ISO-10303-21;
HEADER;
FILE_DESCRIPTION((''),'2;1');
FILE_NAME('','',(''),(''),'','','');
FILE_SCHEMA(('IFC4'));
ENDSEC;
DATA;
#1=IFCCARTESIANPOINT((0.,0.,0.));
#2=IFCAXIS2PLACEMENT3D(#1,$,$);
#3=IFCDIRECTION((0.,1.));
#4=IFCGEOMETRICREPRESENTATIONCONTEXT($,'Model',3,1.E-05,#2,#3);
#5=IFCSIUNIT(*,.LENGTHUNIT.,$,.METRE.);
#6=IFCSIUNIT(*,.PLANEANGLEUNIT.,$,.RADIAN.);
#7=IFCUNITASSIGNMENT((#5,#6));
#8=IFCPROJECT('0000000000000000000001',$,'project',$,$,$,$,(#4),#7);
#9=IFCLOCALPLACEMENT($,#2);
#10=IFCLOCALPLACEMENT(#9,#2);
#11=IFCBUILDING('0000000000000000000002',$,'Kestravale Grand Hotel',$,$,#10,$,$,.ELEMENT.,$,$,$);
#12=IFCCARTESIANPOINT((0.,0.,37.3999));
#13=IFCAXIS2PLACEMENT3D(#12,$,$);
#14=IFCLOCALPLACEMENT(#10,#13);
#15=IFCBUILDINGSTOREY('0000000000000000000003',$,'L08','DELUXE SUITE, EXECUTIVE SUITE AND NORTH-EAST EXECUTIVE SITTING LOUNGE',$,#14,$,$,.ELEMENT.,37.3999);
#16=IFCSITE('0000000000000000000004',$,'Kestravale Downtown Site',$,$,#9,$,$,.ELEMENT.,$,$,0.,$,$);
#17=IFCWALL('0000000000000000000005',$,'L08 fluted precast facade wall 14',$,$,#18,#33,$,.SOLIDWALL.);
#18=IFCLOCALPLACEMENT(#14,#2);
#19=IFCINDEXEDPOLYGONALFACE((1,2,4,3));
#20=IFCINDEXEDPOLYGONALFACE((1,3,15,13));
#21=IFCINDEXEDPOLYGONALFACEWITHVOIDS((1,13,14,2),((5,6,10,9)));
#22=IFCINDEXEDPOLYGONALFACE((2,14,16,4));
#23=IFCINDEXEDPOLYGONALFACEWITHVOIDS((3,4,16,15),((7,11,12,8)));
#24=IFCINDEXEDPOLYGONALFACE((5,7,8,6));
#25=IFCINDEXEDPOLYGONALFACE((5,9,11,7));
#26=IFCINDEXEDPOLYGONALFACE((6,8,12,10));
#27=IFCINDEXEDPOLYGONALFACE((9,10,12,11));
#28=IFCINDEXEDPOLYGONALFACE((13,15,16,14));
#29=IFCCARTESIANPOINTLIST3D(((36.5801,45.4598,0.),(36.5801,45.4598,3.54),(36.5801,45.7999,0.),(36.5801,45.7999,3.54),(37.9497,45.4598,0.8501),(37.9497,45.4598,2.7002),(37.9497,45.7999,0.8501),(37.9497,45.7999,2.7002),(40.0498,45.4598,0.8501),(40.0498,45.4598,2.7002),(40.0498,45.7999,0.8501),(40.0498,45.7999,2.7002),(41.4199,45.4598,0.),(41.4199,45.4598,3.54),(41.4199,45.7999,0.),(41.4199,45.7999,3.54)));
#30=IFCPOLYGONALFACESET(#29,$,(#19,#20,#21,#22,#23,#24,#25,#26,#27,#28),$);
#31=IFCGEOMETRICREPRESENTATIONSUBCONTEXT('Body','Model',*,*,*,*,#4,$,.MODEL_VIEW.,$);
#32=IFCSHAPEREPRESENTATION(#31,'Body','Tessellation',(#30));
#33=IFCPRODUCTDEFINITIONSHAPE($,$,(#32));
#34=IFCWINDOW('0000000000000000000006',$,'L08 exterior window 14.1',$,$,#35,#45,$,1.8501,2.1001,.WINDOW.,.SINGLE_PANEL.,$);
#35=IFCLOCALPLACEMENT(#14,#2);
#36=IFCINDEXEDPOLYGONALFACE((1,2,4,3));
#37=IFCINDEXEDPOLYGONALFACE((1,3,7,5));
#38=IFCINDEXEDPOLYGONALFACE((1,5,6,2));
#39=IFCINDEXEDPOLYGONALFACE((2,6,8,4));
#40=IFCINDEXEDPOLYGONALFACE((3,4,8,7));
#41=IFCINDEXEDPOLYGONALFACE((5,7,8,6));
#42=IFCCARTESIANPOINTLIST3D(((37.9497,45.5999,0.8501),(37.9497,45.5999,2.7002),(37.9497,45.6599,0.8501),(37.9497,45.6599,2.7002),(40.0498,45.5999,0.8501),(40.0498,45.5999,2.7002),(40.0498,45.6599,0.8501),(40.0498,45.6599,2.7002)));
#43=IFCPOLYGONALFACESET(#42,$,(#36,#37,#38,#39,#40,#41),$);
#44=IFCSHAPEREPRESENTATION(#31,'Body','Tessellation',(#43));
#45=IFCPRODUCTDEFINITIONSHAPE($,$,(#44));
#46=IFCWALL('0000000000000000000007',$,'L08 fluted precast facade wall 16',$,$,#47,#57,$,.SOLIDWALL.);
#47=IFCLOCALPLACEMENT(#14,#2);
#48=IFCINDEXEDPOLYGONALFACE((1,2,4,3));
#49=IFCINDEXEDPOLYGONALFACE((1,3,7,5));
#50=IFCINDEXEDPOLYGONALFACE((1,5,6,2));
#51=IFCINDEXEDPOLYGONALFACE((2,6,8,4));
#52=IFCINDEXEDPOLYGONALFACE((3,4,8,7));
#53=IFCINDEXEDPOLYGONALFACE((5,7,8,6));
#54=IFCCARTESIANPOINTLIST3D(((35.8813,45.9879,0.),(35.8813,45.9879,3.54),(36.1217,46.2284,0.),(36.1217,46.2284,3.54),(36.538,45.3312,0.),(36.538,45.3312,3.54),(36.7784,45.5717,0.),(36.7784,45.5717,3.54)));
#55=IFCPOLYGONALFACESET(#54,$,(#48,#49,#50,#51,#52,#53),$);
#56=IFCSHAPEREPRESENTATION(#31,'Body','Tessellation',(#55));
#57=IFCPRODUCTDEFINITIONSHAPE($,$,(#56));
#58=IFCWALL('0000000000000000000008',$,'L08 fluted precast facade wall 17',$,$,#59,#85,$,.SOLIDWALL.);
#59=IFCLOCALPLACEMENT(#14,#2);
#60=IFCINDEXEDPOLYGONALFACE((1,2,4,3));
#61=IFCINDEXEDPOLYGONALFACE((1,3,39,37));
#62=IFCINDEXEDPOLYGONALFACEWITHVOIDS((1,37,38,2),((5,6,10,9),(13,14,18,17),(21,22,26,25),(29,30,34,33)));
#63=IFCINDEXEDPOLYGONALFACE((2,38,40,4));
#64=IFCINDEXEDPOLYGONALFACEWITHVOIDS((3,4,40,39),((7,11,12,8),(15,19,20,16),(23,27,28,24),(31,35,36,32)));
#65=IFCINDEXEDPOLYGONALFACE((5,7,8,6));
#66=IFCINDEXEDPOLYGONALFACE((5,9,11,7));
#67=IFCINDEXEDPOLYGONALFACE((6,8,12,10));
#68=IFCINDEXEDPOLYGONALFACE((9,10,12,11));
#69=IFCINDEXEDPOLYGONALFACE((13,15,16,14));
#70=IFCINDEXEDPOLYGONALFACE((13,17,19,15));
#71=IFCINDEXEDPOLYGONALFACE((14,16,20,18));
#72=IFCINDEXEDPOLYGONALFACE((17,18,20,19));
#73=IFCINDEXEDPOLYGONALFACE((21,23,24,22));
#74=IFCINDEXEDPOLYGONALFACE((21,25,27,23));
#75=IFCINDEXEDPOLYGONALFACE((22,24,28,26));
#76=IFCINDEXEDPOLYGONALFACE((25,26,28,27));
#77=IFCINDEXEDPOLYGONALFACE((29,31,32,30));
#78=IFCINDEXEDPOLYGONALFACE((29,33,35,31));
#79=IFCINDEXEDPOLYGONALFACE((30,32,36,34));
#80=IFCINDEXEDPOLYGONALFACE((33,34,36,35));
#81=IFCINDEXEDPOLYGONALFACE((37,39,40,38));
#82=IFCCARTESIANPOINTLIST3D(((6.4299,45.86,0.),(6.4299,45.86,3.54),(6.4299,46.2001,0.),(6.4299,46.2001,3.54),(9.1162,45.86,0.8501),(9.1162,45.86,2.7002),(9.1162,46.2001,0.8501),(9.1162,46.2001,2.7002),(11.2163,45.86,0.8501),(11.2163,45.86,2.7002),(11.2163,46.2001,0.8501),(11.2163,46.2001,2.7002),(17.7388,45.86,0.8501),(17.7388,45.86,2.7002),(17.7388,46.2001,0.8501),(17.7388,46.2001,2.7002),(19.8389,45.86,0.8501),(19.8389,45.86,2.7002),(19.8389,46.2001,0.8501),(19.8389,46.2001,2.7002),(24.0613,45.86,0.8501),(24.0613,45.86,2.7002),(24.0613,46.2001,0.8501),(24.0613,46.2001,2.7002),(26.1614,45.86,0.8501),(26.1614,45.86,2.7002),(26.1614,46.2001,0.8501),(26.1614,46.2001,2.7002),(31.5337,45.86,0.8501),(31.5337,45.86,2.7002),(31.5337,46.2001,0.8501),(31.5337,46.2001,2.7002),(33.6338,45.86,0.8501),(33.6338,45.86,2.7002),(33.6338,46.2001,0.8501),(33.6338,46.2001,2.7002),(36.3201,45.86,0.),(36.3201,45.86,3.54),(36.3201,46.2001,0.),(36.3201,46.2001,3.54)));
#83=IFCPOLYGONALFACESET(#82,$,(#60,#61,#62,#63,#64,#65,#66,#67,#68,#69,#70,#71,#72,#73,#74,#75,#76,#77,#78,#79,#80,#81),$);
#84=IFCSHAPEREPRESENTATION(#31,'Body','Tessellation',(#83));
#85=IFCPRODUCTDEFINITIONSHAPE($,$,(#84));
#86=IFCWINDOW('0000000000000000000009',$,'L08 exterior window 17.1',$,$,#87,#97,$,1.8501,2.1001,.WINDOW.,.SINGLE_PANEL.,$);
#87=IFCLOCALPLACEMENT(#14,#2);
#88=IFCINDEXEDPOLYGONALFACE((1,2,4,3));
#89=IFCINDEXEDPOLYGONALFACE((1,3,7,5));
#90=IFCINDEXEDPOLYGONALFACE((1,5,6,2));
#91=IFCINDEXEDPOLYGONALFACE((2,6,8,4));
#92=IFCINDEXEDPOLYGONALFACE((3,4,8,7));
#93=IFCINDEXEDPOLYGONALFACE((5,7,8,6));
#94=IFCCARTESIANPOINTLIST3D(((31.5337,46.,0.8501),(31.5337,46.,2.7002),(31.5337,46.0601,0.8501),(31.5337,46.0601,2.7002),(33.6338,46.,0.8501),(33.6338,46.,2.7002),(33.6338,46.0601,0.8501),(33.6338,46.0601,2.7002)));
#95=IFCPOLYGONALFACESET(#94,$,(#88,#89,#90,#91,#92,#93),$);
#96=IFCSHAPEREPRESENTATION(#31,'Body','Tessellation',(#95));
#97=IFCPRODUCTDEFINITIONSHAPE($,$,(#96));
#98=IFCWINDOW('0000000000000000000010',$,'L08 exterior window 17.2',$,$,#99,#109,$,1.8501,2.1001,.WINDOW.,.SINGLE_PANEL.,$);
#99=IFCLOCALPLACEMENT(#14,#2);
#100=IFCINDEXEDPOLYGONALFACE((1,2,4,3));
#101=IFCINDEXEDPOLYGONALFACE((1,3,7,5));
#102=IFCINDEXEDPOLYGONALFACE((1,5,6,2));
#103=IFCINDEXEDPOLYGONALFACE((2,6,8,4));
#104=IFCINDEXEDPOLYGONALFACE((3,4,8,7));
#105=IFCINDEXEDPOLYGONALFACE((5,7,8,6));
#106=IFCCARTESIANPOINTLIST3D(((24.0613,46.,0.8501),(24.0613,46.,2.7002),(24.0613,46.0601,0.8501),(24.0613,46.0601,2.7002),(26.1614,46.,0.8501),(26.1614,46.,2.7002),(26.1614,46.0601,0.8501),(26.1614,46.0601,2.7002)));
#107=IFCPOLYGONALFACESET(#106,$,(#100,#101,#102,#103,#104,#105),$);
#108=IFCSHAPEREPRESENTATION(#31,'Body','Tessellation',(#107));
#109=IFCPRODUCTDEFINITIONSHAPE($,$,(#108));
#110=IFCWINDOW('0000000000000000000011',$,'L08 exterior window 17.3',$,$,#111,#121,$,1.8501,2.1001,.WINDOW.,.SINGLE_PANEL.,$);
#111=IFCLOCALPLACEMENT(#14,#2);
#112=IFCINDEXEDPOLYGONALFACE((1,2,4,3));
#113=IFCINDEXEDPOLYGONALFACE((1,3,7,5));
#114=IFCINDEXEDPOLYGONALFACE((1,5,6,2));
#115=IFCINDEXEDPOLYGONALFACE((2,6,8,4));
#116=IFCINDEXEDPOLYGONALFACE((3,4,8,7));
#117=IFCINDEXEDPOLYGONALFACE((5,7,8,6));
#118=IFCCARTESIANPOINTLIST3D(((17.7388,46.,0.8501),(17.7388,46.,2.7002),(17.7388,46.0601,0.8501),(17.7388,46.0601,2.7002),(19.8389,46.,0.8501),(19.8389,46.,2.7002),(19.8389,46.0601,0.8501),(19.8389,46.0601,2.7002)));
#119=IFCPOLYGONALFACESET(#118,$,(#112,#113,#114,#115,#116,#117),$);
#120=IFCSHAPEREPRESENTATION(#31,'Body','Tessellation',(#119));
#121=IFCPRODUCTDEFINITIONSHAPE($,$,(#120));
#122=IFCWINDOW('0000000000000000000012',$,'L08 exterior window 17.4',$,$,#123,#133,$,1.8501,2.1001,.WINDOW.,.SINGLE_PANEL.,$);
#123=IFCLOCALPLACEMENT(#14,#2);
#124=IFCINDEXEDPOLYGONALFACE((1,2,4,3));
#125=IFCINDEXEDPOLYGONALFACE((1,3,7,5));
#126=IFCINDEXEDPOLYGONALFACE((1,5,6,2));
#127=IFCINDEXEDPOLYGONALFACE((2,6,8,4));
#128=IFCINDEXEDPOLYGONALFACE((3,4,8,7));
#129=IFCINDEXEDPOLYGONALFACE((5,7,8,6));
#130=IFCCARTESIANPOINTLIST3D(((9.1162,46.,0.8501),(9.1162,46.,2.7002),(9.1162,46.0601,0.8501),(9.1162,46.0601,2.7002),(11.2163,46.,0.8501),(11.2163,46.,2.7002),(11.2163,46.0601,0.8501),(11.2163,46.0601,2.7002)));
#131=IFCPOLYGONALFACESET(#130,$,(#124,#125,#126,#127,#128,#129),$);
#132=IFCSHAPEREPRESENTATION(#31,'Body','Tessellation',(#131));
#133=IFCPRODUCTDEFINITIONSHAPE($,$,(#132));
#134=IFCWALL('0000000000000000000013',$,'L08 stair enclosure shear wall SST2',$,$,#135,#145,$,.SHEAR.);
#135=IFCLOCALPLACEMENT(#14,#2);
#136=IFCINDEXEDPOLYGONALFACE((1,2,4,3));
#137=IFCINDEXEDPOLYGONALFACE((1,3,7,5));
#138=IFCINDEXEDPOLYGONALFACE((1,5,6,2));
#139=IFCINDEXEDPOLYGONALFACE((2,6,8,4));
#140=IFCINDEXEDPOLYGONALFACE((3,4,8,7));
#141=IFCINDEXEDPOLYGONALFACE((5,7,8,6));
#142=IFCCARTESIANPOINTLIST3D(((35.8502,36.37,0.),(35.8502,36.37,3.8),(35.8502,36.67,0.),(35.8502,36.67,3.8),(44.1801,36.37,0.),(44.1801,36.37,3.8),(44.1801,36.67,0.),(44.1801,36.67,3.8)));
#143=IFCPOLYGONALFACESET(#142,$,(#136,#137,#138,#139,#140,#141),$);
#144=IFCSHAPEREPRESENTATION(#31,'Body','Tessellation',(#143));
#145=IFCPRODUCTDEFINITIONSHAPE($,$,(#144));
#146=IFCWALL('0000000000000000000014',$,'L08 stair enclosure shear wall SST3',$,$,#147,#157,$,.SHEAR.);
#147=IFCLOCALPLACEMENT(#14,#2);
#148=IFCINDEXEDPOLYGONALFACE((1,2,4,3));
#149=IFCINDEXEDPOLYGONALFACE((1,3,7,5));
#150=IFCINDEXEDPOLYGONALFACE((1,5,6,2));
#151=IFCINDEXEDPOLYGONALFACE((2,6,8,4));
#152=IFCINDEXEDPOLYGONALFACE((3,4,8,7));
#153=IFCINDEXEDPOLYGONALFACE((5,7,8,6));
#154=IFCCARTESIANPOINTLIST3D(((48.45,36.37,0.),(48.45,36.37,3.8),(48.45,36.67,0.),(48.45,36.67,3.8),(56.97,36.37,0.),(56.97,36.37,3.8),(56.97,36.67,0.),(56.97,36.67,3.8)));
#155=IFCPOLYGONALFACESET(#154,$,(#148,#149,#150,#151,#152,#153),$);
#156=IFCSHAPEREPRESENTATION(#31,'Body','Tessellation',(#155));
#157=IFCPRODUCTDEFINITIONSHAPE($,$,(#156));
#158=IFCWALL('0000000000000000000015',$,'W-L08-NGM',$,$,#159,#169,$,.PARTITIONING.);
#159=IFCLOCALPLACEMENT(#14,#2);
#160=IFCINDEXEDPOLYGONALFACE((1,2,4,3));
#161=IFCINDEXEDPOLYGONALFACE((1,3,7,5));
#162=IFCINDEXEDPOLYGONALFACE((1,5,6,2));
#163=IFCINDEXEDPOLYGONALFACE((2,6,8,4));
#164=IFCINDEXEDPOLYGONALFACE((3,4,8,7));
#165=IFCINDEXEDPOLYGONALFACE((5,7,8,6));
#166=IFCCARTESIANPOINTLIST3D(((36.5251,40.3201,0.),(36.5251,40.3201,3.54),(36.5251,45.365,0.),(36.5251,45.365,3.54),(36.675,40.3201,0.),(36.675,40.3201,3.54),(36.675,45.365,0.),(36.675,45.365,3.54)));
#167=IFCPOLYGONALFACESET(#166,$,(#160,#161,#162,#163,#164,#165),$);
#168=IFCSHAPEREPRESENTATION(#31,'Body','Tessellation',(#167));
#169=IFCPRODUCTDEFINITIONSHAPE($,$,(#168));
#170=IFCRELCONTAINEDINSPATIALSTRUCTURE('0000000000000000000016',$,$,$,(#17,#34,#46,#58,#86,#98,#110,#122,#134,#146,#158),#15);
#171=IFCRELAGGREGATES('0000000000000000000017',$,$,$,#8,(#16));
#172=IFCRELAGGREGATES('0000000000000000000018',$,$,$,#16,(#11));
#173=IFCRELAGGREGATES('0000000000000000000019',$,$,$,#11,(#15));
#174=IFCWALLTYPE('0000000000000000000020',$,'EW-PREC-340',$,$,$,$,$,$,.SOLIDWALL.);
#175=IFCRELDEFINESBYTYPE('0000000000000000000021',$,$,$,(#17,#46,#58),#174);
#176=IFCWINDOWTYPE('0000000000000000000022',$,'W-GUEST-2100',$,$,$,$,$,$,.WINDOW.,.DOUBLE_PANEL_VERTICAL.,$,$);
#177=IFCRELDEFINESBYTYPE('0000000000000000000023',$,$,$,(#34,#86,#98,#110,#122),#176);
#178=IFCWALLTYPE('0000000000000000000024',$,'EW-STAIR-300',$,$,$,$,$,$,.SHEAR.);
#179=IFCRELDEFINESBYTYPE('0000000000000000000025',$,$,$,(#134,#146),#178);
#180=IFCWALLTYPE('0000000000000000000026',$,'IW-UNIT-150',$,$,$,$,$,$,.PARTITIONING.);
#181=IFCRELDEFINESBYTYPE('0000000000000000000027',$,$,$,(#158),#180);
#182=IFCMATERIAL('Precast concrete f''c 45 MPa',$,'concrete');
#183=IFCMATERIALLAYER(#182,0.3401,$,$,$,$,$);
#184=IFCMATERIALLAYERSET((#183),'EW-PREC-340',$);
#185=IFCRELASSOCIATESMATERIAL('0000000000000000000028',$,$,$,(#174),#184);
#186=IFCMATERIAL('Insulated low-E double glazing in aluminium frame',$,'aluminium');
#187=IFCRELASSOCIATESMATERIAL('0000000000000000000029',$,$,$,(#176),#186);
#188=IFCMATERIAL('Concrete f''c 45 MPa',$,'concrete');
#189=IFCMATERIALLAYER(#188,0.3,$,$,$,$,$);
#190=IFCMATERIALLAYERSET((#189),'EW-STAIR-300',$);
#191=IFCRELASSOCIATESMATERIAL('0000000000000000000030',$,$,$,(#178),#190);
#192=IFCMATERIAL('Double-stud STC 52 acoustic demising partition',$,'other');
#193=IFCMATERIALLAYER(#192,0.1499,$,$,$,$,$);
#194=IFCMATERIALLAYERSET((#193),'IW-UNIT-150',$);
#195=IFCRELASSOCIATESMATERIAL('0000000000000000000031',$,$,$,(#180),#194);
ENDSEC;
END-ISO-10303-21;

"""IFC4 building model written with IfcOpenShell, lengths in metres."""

from ifc_helpers import new_model, si_unit, direction, frame, frame_2d, origin, place, context, subcontext, project, spatial, rectangle, extrude, material, layer, layer_set, type_object, element, fill, save


model = new_model("IFC4")

# Units and contexts
model_context = context("Model", 3, precision=1e-05, world=origin(), true_north=direction((0.0, 1.0)))
body_context = subcontext(model_context, "Body", "Model", "MODEL_VIEW")
ifc_project = project(units=[si_unit("LENGTHUNIT", "METRE"), si_unit("PLANEANGLEUNIT", "RADIAN")], contexts=[model_context])

# Site, building, storey
site_placement = place(None, origin())
site = spatial("IfcSite", under=ifc_project, at=site_placement, Name="Kestravale Downtown Site", CompositionType="ELEMENT", RefElevation=0.0)
building_placement = place(site_placement, origin())
building = spatial("IfcBuilding", under=site, at=building_placement, Name="Kestravale Grand Hotel", CompositionType="ELEMENT")
storey_placement = place(building_placement, frame((0.0, 0.0, 37.3999)))
storey = spatial("IfcBuildingStorey", under=building, at=storey_placement, Name="L08", Description="DELUXE SUITE, EXECUTIVE SUITE AND NORTH-EAST EXECUTIVE SITTING LOUNGE", CompositionType="ELEMENT", Elevation=37.3999)

# Shared definitions
ifc_material_1 = material(Name="Precast concrete f'c 45 MPa", Category="concrete")
ifc_layer_1 = layer(ifc_material_1, 0.3401)
ifc_layer_set_1 = layer_set([ifc_layer_1], Name="EW-PREC-340")
wall_type_1 = type_object("IfcWallType", Name="EW-PREC-340", PredefinedType="SOLIDWALL", material=ifc_layer_set_1)

# Wall, opening, window
ifc_material_2 = material(Name="Insulated low-E double glazing in aluminium frame", Category="aluminium")
window_type = type_object("IfcWindowType", Name="W-GUEST-2100", PartitioningType="DOUBLE_PANEL_VERTICAL", PredefinedType="WINDOW", material=ifc_material_2)
wall_1_placement = place(storey_placement, frame((41.4199, 45.6299, 0.0), z_axis=(0.0, 0.0, 1.0), x_axis=(-1.0, 0.0, 0.0)))
wall_1 = element("IfcWall", 1, at=wall_1_placement, inside=storey, type_object=wall_type_1, Name="L08 fluted precast facade wall 14", PredefinedType="SOLIDWALL", context=body_context, shape_type="SweptSolid", body=[
    extrude(rectangle(XDim=4.8398, YDim=0.3401, at=frame_2d((2.4199, 0.0))), origin(), (0.0, 0.0, 1.0), 3.54),
])
opening_1_placement = place(wall_1_placement, frame((1.3701, 0.0, 0.8501)))
opening_1 = element("IfcOpeningElement", 2, at=opening_1_placement, cuts=wall_1, PredefinedType="OPENING", context=body_context, shape_type="SweptSolid", body=[
    extrude(rectangle(XDim=2.1001, YDim=1.8501, at=frame_2d((1.05, 0.925))), frame((0.0, 0.1799, 0.0), z_axis=(0.0, -1.0, 0.0), x_axis=(1.0, 0.0, 0.0)), (0.0, 0.0, 1.0), 0.3601),
])
window_1_placement = place(opening_1_placement, origin())
window_1 = element("IfcWindow", 3, at=window_1_placement, inside=storey, type_object=window_type, Name="L08 exterior window 14.1", OverallHeight=1.8501, OverallWidth=2.1001, PartitioningType="SINGLE_PANEL", PredefinedType="WINDOW", context=body_context, shape_type="SweptSolid", body=[
    extrude(rectangle(XDim=2.1001, YDim=1.8501, at=frame_2d((1.05, 0.925))), frame((0.0, 0.03, 0.0), z_axis=(0.0, -1.0, 0.0), x_axis=(1.0, 0.0, 0.0)), (0.0, 0.0, 1.0), 0.0601),
])
fill(opening_1, window_1)

# Wall
wall_2_placement = place(storey_placement, frame((36.6582, 45.4514, 0.0), z_axis=(0.0, 0.0, 1.0), x_axis=(-0.707107, 0.707107, 0.0)))
element("IfcWall", 4, at=wall_2_placement, inside=storey, type_object=wall_type_1, Name="L08 fluted precast facade wall 16", PredefinedType="SOLIDWALL", context=body_context, shape_type="SweptSolid", body=[
    extrude(rectangle(XDim=0.9287, YDim=0.3401, at=frame_2d((0.4644, 0.0))), origin(), (0.0, 0.0, 1.0), 3.54),
])

# Wall, openings, windows
wall_3_placement = place(storey_placement, frame((36.3201, 46.03, 0.0), z_axis=(0.0, 0.0, 1.0), x_axis=(-1.0, 0.0, 0.0)))
wall_3 = element("IfcWall", 5, at=wall_3_placement, inside=storey, type_object=wall_type_1, Name="L08 fluted precast facade wall 17", PredefinedType="SOLIDWALL", context=body_context, shape_type="SweptSolid", body=[
    extrude(rectangle(XDim=29.8901, YDim=0.3401, at=frame_2d((14.9451, 0.0))), origin(), (0.0, 0.0, 1.0), 3.54),
])
opening_2_placement = place(wall_3_placement, frame((2.6863, 0.0, 0.8501)))
opening_2 = element("IfcOpeningElement", 6, at=opening_2_placement, cuts=wall_3, PredefinedType="OPENING", context=body_context, shape_type="SweptSolid", body=[
    extrude(rectangle(XDim=2.1001, YDim=1.8501, at=frame_2d((1.05, 0.925))), frame((0.0, 0.1799, 0.0), z_axis=(0.0, -1.0, 0.0), x_axis=(1.0, 0.0, 0.0)), (0.0, 0.0, 1.0), 0.3601),
])
opening_3_placement = place(wall_3_placement, frame((10.1587, 0.0, 0.8501)))
opening_3 = element("IfcOpeningElement", 7, at=opening_3_placement, cuts=wall_3, PredefinedType="OPENING", context=body_context, shape_type="SweptSolid", body=[
    extrude(rectangle(XDim=2.1001, YDim=1.8501, at=frame_2d((1.05, 0.925))), frame((0.0, 0.1799, 0.0), z_axis=(0.0, -1.0, 0.0), x_axis=(1.0, 0.0, 0.0)), (0.0, 0.0, 1.0), 0.3601),
])
opening_4_placement = place(wall_3_placement, frame((16.4812, 0.0, 0.8501)))
opening_4 = element("IfcOpeningElement", 8, at=opening_4_placement, cuts=wall_3, PredefinedType="OPENING", context=body_context, shape_type="SweptSolid", body=[
    extrude(rectangle(XDim=2.1001, YDim=1.8501, at=frame_2d((1.05, 0.925))), frame((0.0, 0.1799, 0.0), z_axis=(0.0, -1.0, 0.0), x_axis=(1.0, 0.0, 0.0)), (0.0, 0.0, 1.0), 0.3601),
])
opening_5_placement = place(wall_3_placement, frame((25.1038, 0.0, 0.8501)))
opening_5 = element("IfcOpeningElement", 9, at=opening_5_placement, cuts=wall_3, PredefinedType="OPENING", context=body_context, shape_type="SweptSolid", body=[
    extrude(rectangle(XDim=2.1001, YDim=1.8501, at=frame_2d((1.05, 0.925))), frame((0.0, 0.1799, 0.0), z_axis=(0.0, -1.0, 0.0), x_axis=(1.0, 0.0, 0.0)), (0.0, 0.0, 1.0), 0.3601),
])
window_2_placement = place(opening_2_placement, origin())
window_2 = element("IfcWindow", 10, at=window_2_placement, inside=storey, type_object=window_type, Name="L08 exterior window 17.1", OverallHeight=1.8501, OverallWidth=2.1001, PartitioningType="SINGLE_PANEL", PredefinedType="WINDOW", context=body_context, shape_type="SweptSolid", body=[
    extrude(rectangle(XDim=2.1001, YDim=1.8501, at=frame_2d((1.05, 0.925))), frame((0.0, 0.03, 0.0), z_axis=(0.0, -1.0, 0.0), x_axis=(1.0, 0.0, 0.0)), (0.0, 0.0, 1.0), 0.0601),
])
fill(opening_2, window_2)
window_3_placement = place(opening_3_placement, origin())
window_3 = element("IfcWindow", 11, at=window_3_placement, inside=storey, type_object=window_type, Name="L08 exterior window 17.2", OverallHeight=1.8501, OverallWidth=2.1001, PartitioningType="SINGLE_PANEL", PredefinedType="WINDOW", context=body_context, shape_type="SweptSolid", body=[
    extrude(rectangle(XDim=2.1001, YDim=1.8501, at=frame_2d((1.05, 0.925))), frame((0.0, 0.03, 0.0), z_axis=(0.0, -1.0, 0.0), x_axis=(1.0, 0.0, 0.0)), (0.0, 0.0, 1.0), 0.0601),
])
fill(opening_3, window_3)
window_4_placement = place(opening_4_placement, origin())
window_4 = element("IfcWindow", 12, at=window_4_placement, inside=storey, type_object=window_type, Name="L08 exterior window 17.3", OverallHeight=1.8501, OverallWidth=2.1001, PartitioningType="SINGLE_PANEL", PredefinedType="WINDOW", context=body_context, shape_type="SweptSolid", body=[
    extrude(rectangle(XDim=2.1001, YDim=1.8501, at=frame_2d((1.05, 0.925))), frame((0.0, 0.03, 0.0), z_axis=(0.0, -1.0, 0.0), x_axis=(1.0, 0.0, 0.0)), (0.0, 0.0, 1.0), 0.0601),
])
fill(opening_4, window_4)
window_5_placement = place(opening_5_placement, origin())
window_5 = element("IfcWindow", 13, at=window_5_placement, inside=storey, type_object=window_type, Name="L08 exterior window 17.4", OverallHeight=1.8501, OverallWidth=2.1001, PartitioningType="SINGLE_PANEL", PredefinedType="WINDOW", context=body_context, shape_type="SweptSolid", body=[
    extrude(rectangle(XDim=2.1001, YDim=1.8501, at=frame_2d((1.05, 0.925))), frame((0.0, 0.03, 0.0), z_axis=(0.0, -1.0, 0.0), x_axis=(1.0, 0.0, 0.0)), (0.0, 0.0, 1.0), 0.0601),
])
fill(opening_5, window_5)

# Walls
ifc_material_3 = material(Name="Concrete f'c 45 MPa", Category="concrete")
ifc_layer_2 = layer(ifc_material_3, 0.3)
ifc_layer_set_2 = layer_set([ifc_layer_2], Name="EW-STAIR-300")
wall_type_2 = type_object("IfcWallType", Name="EW-STAIR-300", PredefinedType="SHEAR", material=ifc_layer_set_2)
wall_4_placement = place(storey_placement, frame((35.8501, 36.52, 0.0), z_axis=(0.0, 0.0, 1.0), x_axis=(1.0, 0.0, 0.0)))
element("IfcWall", 14, at=wall_4_placement, inside=storey, type_object=wall_type_2, Name="L08 stair enclosure shear wall SST2", PredefinedType="SHEAR", context=body_context, shape_type="SweptSolid", body=[
    extrude(rectangle(XDim=8.3298, YDim=0.3, at=frame_2d((4.165, 0.0))), origin(), (0.0, 0.0, 1.0), 3.8),
])
wall_5_placement = place(storey_placement, frame((48.45, 36.52, 0.0), z_axis=(0.0, 0.0, 1.0), x_axis=(1.0, 0.0, 0.0)))
element("IfcWall", 15, at=wall_5_placement, inside=storey, type_object=wall_type_2, Name="L08 stair enclosure shear wall SST3", PredefinedType="SHEAR", context=body_context, shape_type="SweptSolid", body=[
    extrude(rectangle(XDim=8.52, YDim=0.3, at=frame_2d((4.26, 0.0))), origin(), (0.0, 0.0, 1.0), 3.8),
])
ifc_material_4 = material(Name="Double-stud STC 52 acoustic demising partition", Category="other")
ifc_layer_3 = layer(ifc_material_4, 0.1499)
ifc_layer_set_3 = layer_set([ifc_layer_3], Name="IW-UNIT-150")
wall_type_3 = type_object("IfcWallType", Name="IW-UNIT-150", PredefinedType="PARTITIONING", material=ifc_layer_set_3)
wall_6_placement = place(storey_placement, frame((36.6001, 40.3201, 0.0), z_axis=(0.0, 0.0, 1.0), x_axis=(0.0, 1.0, 0.0)))
element("IfcWall", 16, at=wall_6_placement, inside=storey, type_object=wall_type_3, Name="W-L08-NGM", PredefinedType="PARTITIONING", context=body_context, shape_type="SweptSolid", body=[
    extrude(rectangle(XDim=5.0449, YDim=0.1499, at=frame_2d((2.5225, 0.0))), origin(), (0.0, 0.0, 1.0), 3.54),
])

save(model, "model.ifc")
